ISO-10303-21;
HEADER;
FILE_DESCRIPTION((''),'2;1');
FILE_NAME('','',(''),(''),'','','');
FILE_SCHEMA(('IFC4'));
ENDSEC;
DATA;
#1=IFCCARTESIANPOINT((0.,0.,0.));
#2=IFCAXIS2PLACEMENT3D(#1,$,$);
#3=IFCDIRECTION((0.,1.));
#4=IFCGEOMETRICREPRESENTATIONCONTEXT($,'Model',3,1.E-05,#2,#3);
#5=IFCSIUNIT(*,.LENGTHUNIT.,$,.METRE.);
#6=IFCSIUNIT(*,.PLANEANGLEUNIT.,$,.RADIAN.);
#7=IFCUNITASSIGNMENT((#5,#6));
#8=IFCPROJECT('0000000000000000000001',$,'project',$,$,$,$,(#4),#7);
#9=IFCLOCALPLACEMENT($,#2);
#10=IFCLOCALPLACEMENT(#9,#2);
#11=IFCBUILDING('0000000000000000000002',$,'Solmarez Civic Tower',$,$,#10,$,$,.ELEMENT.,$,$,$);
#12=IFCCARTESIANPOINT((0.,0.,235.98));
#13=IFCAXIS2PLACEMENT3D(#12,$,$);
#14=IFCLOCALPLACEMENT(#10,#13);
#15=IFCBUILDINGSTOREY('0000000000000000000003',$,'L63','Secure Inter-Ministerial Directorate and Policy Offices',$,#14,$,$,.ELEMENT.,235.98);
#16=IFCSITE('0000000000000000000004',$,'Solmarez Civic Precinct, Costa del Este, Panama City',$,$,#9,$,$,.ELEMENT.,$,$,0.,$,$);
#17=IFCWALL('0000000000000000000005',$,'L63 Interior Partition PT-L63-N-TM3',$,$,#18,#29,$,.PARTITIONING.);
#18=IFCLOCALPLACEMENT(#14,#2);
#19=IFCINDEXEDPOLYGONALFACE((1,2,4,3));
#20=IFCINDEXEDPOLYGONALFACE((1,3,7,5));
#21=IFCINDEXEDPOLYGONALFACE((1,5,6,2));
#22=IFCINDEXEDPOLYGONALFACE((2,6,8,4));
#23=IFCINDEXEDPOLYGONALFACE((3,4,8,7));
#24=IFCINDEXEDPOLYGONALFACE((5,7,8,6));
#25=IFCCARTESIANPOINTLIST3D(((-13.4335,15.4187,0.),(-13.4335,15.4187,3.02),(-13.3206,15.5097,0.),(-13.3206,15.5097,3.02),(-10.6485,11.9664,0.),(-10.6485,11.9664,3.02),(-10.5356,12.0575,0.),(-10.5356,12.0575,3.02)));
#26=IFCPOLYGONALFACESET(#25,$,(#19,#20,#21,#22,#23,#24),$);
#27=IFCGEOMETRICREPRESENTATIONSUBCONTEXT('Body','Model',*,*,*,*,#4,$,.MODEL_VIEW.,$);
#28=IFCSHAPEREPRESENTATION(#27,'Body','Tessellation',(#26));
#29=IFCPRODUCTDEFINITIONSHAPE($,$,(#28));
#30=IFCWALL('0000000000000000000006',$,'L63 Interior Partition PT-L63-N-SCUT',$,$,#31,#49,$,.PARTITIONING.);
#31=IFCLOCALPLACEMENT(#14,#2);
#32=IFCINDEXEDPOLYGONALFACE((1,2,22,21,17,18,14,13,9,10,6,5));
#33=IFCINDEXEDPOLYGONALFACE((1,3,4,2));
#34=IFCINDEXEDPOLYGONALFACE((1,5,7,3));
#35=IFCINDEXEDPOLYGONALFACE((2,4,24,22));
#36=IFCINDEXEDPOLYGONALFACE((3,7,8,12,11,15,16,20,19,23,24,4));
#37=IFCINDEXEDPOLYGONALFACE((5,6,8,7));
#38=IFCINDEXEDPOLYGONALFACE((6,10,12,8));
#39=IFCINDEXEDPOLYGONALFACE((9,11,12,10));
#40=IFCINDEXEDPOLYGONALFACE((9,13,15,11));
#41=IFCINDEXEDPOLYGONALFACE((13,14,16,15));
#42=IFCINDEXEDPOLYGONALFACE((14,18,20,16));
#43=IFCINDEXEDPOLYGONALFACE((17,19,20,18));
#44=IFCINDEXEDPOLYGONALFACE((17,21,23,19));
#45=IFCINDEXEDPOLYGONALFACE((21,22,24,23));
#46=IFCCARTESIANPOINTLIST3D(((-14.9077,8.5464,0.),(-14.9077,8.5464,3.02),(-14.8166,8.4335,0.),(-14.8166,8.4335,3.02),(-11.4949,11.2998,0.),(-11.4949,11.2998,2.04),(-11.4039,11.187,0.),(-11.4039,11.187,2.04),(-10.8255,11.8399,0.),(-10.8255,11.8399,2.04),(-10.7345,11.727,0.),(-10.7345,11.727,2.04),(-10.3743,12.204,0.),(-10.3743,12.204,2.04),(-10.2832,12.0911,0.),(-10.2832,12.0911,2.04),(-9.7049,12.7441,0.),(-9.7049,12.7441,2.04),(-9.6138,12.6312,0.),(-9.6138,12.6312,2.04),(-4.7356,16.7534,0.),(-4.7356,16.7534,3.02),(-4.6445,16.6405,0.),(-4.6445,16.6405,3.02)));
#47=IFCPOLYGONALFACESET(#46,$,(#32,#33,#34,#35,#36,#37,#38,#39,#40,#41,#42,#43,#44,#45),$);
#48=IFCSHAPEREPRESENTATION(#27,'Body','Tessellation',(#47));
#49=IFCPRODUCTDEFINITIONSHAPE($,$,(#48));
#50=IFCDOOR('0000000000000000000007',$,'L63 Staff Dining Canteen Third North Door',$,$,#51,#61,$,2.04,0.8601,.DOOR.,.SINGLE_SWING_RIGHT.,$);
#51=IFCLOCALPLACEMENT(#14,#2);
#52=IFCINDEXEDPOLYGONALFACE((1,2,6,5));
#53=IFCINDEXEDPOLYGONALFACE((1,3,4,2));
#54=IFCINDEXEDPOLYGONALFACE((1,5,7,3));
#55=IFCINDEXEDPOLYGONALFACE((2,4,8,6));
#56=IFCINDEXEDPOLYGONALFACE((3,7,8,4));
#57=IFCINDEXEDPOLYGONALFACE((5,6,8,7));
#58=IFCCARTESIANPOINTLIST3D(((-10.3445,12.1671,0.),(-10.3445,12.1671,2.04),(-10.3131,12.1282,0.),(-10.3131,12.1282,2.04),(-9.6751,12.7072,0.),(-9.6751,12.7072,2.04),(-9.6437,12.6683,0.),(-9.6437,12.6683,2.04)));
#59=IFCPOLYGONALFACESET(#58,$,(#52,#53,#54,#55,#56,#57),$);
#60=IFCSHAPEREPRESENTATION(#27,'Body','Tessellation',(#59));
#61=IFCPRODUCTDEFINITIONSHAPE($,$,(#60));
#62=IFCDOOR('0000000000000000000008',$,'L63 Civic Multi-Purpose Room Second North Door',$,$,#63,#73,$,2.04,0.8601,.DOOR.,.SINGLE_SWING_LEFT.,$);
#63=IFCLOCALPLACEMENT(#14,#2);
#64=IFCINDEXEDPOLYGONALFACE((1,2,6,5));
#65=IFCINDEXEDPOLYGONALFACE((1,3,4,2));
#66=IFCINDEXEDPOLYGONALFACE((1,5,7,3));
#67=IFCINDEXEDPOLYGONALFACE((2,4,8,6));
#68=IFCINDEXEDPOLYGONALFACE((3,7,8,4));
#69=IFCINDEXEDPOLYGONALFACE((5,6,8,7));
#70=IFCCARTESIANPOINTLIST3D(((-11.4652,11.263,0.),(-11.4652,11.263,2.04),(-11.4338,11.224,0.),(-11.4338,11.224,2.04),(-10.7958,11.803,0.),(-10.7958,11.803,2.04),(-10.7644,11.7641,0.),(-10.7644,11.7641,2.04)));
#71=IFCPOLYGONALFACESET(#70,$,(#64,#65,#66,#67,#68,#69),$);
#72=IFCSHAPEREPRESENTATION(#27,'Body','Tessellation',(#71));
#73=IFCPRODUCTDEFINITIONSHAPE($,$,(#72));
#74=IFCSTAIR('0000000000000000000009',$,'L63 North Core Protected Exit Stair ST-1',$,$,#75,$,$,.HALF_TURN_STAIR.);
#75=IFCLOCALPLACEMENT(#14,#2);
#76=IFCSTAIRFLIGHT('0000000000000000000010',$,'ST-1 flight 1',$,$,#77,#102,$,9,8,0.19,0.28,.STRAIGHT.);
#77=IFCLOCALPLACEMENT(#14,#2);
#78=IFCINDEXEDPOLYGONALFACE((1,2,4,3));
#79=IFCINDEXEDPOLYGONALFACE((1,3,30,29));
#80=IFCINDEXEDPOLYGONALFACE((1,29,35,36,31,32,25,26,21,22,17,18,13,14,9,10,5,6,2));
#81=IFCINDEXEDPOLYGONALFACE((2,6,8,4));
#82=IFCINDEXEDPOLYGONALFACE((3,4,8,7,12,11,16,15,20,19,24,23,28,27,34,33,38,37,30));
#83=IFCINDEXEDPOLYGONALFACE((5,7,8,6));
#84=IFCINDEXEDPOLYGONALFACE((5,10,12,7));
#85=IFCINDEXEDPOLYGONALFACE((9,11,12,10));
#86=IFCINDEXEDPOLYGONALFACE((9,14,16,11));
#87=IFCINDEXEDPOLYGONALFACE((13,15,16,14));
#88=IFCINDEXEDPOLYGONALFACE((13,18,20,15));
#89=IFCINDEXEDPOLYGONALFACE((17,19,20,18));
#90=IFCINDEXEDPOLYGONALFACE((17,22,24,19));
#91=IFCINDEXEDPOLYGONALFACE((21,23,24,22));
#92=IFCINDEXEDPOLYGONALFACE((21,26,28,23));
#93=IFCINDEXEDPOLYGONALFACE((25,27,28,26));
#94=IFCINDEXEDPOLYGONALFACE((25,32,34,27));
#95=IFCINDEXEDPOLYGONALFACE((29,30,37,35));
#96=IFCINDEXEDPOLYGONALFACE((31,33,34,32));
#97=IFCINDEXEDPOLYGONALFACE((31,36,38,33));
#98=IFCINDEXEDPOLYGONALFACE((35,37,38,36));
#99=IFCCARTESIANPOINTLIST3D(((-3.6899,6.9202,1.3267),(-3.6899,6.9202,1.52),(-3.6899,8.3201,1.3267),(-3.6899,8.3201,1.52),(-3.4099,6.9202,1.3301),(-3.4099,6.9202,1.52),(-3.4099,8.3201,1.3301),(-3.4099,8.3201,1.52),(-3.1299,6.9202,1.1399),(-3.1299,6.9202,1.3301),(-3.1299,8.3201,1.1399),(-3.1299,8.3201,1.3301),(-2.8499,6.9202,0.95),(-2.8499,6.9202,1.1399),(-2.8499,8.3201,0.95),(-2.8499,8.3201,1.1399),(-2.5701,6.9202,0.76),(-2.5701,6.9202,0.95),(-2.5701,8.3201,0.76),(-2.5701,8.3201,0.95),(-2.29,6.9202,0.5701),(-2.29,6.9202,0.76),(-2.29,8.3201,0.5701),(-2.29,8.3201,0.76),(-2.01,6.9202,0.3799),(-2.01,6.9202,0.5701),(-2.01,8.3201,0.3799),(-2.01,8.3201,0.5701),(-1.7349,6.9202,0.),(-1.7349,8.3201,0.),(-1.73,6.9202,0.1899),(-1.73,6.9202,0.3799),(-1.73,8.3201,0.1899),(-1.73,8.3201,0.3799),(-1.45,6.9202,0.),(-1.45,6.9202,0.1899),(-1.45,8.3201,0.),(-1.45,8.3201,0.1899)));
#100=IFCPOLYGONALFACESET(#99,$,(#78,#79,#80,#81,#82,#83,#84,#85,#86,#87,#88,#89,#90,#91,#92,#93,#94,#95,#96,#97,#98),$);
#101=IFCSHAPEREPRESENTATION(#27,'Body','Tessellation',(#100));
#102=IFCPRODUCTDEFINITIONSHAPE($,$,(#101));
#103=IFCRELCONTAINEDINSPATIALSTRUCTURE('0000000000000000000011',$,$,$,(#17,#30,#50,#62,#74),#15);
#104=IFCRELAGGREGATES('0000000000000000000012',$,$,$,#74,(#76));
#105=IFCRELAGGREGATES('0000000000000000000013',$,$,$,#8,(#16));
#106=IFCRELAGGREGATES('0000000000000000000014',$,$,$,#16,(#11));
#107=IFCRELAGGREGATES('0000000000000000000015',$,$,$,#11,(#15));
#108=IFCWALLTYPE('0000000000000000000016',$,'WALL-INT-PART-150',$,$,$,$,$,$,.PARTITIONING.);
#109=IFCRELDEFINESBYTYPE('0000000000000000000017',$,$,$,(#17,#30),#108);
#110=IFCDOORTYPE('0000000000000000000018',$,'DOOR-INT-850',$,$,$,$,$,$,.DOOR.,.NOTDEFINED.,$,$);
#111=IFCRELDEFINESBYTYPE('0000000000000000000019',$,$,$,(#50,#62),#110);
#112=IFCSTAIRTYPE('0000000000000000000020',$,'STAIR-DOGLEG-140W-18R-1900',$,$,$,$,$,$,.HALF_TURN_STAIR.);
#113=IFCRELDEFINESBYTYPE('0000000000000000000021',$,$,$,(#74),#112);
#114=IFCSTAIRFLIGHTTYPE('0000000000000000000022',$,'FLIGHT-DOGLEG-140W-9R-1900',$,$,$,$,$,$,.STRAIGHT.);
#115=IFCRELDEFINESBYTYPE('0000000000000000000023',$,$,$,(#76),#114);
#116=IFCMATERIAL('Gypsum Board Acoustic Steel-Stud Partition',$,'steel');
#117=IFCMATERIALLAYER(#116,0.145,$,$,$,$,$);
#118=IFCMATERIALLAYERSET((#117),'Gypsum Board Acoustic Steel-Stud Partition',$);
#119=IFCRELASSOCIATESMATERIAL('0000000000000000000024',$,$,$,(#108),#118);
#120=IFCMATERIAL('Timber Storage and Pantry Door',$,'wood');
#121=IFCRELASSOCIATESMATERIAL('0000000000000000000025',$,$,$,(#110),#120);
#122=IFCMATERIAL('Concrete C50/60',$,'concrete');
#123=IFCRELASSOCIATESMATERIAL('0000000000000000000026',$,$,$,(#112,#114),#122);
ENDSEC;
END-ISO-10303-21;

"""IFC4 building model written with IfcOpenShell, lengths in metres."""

from ifc_helpers import new_model, si_unit, direction, frame, frame_2d, origin, place, context, subcontext, project, spatial, polyline, rectangle, outline, extrude, material, layer, layer_set, type_object, element, fill, aggregate, save


model = new_model("IFC4")

# Units and contexts
model_context = context("Model", 3, precision=1e-05, world=origin(), true_north=direction((0.0, 1.0)))
body_context = subcontext(model_context, "Body", "Model", "MODEL_VIEW")
ifc_project = project(units=[si_unit("LENGTHUNIT", "METRE"), si_unit("PLANEANGLEUNIT", "RADIAN")], contexts=[model_context])

# Site, building, storey
site_placement = place(None, origin())
site = spatial("IfcSite", under=ifc_project, at=site_placement, Name="Solmarez Civic Precinct, Costa del Este, Panama City", CompositionType="ELEMENT", RefElevation=0.0)
building_placement = place(site_placement, origin())
building = spatial("IfcBuilding", under=site, at=building_placement, Name="Solmarez Civic Tower", CompositionType="ELEMENT")
storey_placement = place(building_placement, frame((0.0, 0.0, 235.98)))
storey = spatial("IfcBuildingStorey", under=building, at=storey_placement, Name="L63", Description="Secure Inter-Ministerial Directorate and Policy Offices", CompositionType="ELEMENT", Elevation=235.98)

# Shared definitions
ifc_material_1 = material(Name="Concrete C50/60", Category="concrete")

# Wall
ifc_material_2 = material(Name="Gypsum Board Acoustic Steel-Stud Partition", Category="steel")
ifc_layer_1 = layer(ifc_material_2, 0.145)
ifc_layer_set_1 = layer_set([ifc_layer_1], Name="Gypsum Board Acoustic Steel-Stud Partition")
wall_type_1 = type_object("IfcWallType", Name="WALL-INT-PART-150", PredefinedType="PARTITIONING", material=ifc_layer_set_1)
wall_1_placement = place(storey_placement, frame((-10.592, 12.012, 0.0), z_axis=(0.0, 0.0, 1.0), x_axis=(-0.627878, 0.778312, 0.0)))
element("IfcWall", 1, at=wall_1_placement, inside=storey, type_object=wall_type_1, Name="L63 Interior Partition PT-L63-N-TM3", PredefinedType="PARTITIONING", context=body_context, shape_type="SweptSolid", body=[
    extrude(rectangle(XDim=4.4355, YDim=0.145, at=frame_2d((2.2178, 0.0))), origin(), (0.0, 0.0, 1.0), 3.02),
])

# Wall, openings, doors
wall_2_placement = place(storey_placement, frame((-4.6899, 16.697, 0.0), z_axis=(0.0, 0.0, 1.0), x_axis=(-0.778274, -0.627924, 0.0)))
wall_2 = element("IfcWall", 2, at=wall_2_placement, inside=storey, type_object=wall_type_1, Name="L63 Interior Partition PT-L63-N-SCUT", PredefinedType="PARTITIONING", context=body_context, shape_type="SweptSolid", body=[
    extrude(rectangle(XDim=13.0701, YDim=0.145, at=frame_2d((6.5352, 0.0))), origin(), (0.0, 0.0, 1.0), 3.02),
])
opening_1_placement = place(wall_2_placement, frame((6.385, 0.0, 0.0)))
opening_1 = element("IfcOpeningElement", 3, at=opening_1_placement, cuts=wall_2, PredefinedType="OPENING", context=body_context, shape_type="SweptSolid", body=[
    extrude(rectangle(XDim=0.8601, YDim=2.04, at=frame_2d((0.4302, 1.02))), frame((0.0, 0.0825, 0.0), z_axis=(0.0, -1.0, 0.0), x_axis=(1.0, 0.0, 0.0)), (0.0, 0.0, 1.0), 0.165),
])
opening_2_placement = place(wall_2_placement, frame((7.825, 0.0, 0.0)))
opening_2 = element("IfcOpeningElement", 4, at=opening_2_placement, cuts=wall_2, PredefinedType="OPENING", context=body_context, shape_type="SweptSolid", body=[
    extrude(rectangle(XDim=0.8601, YDim=2.04, at=frame_2d((0.4302, 1.02))), frame((0.0, 0.0825, 0.0), z_axis=(0.0, -1.0, 0.0), x_axis=(1.0, 0.0, 0.0)), (0.0, 0.0, 1.0), 0.165),
])
ifc_material_3 = material(Name="Timber Storage and Pantry Door", Category="wood")
door_type = type_object("IfcDoorType", Name="DOOR-INT-850", OperationType="NOTDEFINED", PredefinedType="DOOR", material=ifc_material_3)
door_1_placement = place(opening_1_placement, origin())
door_1 = element("IfcDoor", 5, at=door_1_placement, inside=storey, type_object=door_type, Name="L63 Staff Dining Canteen Third North Door", OperationType="SINGLE_SWING_RIGHT", OverallHeight=2.04, OverallWidth=0.8601, PredefinedType="DOOR", context=body_context, shape_type="SweptSolid", body=[
    extrude(rectangle(XDim=0.8601, YDim=2.04, at=frame_2d((0.4302, 1.02))), frame((0.0, 0.0249, 0.0), z_axis=(0.0, -1.0, 0.0), x_axis=(1.0, 0.0, 0.0)), (0.0, 0.0, 1.0), 0.05),
])
fill(opening_1, door_1)
door_2_placement = place(opening_2_placement, origin())
door_2 = element("IfcDoor", 6, at=door_2_placement, inside=storey, type_object=door_type, Name="L63 Civic Multi-Purpose Room Second North Door", OperationType="SINGLE_SWING_LEFT", OverallHeight=2.04, OverallWidth=0.8601, PredefinedType="DOOR", context=body_context, shape_type="SweptSolid", body=[
    extrude(rectangle(XDim=0.8601, YDim=2.04, at=frame_2d((0.4302, 1.02))), frame((0.0, 0.0249, 0.0), z_axis=(0.0, -1.0, 0.0), x_axis=(1.0, 0.0, 0.0)), (0.0, 0.0, 1.0), 0.05),
])
fill(opening_2, door_2)

# Stair, stair flight
stair_type = type_object("IfcStairType", Name="STAIR-DOGLEG-140W-18R-1900", PredefinedType="HALF_TURN_STAIR", material=ifc_material_1)
stair_placement = place(storey_placement, origin())
stair = element("IfcStair", 7, at=stair_placement, inside=storey, type_object=stair_type, Name="L63 North Core Protected Exit Stair ST-1", PredefinedType="HALF_TURN_STAIR")
stair_flight_type = type_object("IfcStairFlightType", Name="FLIGHT-DOGLEG-140W-9R-1900", PredefinedType="STRAIGHT", material=ifc_material_1)
stair_flight_placement = place(storey_placement, frame((-1.45, 7.6201, 0.0), z_axis=(0.0, 0.0, 1.0), x_axis=(-1.0, 0.0, 0.0)))
stair_flight = element("IfcStairFlight", 8, at=stair_flight_placement, type_object=stair_flight_type, Name="ST-1 flight 1", NumberOfRisers=9, NumberOfTreads=8, PredefinedType="STRAIGHT", RiserHeight=0.19, TreadLength=0.28, context=body_context, shape_type="SweptSolid", body=[
    extrude(outline(polyline([(0.0, 0.0), (0.0, 0.1899), (0.28, 0.1899), (0.28, 0.3799), (0.5601, 0.3799), (0.5601, 0.5701), (0.8401, 0.5701), (0.8401, 0.76), (1.1201, 0.76), (1.1201, 0.95), (1.3999, 0.95), (1.3999, 1.1399), (1.6799, 1.1399), (1.6799, 1.3301), (1.96, 1.3301), (1.96, 1.52), (2.24, 1.52), (2.24, 1.71), (2.24, 1.3267), (0.2849, 0.0), (0.0, 0.0)])), frame((0.0, 0.7, 0.0), z_axis=(0.0, -1.0, 0.0), x_axis=(1.0, 0.0, 0.0)), (0.0, 0.0, 1.0), 1.3999),
])
aggregate(stair, [stair_flight])

save(model, "model.ifc")
